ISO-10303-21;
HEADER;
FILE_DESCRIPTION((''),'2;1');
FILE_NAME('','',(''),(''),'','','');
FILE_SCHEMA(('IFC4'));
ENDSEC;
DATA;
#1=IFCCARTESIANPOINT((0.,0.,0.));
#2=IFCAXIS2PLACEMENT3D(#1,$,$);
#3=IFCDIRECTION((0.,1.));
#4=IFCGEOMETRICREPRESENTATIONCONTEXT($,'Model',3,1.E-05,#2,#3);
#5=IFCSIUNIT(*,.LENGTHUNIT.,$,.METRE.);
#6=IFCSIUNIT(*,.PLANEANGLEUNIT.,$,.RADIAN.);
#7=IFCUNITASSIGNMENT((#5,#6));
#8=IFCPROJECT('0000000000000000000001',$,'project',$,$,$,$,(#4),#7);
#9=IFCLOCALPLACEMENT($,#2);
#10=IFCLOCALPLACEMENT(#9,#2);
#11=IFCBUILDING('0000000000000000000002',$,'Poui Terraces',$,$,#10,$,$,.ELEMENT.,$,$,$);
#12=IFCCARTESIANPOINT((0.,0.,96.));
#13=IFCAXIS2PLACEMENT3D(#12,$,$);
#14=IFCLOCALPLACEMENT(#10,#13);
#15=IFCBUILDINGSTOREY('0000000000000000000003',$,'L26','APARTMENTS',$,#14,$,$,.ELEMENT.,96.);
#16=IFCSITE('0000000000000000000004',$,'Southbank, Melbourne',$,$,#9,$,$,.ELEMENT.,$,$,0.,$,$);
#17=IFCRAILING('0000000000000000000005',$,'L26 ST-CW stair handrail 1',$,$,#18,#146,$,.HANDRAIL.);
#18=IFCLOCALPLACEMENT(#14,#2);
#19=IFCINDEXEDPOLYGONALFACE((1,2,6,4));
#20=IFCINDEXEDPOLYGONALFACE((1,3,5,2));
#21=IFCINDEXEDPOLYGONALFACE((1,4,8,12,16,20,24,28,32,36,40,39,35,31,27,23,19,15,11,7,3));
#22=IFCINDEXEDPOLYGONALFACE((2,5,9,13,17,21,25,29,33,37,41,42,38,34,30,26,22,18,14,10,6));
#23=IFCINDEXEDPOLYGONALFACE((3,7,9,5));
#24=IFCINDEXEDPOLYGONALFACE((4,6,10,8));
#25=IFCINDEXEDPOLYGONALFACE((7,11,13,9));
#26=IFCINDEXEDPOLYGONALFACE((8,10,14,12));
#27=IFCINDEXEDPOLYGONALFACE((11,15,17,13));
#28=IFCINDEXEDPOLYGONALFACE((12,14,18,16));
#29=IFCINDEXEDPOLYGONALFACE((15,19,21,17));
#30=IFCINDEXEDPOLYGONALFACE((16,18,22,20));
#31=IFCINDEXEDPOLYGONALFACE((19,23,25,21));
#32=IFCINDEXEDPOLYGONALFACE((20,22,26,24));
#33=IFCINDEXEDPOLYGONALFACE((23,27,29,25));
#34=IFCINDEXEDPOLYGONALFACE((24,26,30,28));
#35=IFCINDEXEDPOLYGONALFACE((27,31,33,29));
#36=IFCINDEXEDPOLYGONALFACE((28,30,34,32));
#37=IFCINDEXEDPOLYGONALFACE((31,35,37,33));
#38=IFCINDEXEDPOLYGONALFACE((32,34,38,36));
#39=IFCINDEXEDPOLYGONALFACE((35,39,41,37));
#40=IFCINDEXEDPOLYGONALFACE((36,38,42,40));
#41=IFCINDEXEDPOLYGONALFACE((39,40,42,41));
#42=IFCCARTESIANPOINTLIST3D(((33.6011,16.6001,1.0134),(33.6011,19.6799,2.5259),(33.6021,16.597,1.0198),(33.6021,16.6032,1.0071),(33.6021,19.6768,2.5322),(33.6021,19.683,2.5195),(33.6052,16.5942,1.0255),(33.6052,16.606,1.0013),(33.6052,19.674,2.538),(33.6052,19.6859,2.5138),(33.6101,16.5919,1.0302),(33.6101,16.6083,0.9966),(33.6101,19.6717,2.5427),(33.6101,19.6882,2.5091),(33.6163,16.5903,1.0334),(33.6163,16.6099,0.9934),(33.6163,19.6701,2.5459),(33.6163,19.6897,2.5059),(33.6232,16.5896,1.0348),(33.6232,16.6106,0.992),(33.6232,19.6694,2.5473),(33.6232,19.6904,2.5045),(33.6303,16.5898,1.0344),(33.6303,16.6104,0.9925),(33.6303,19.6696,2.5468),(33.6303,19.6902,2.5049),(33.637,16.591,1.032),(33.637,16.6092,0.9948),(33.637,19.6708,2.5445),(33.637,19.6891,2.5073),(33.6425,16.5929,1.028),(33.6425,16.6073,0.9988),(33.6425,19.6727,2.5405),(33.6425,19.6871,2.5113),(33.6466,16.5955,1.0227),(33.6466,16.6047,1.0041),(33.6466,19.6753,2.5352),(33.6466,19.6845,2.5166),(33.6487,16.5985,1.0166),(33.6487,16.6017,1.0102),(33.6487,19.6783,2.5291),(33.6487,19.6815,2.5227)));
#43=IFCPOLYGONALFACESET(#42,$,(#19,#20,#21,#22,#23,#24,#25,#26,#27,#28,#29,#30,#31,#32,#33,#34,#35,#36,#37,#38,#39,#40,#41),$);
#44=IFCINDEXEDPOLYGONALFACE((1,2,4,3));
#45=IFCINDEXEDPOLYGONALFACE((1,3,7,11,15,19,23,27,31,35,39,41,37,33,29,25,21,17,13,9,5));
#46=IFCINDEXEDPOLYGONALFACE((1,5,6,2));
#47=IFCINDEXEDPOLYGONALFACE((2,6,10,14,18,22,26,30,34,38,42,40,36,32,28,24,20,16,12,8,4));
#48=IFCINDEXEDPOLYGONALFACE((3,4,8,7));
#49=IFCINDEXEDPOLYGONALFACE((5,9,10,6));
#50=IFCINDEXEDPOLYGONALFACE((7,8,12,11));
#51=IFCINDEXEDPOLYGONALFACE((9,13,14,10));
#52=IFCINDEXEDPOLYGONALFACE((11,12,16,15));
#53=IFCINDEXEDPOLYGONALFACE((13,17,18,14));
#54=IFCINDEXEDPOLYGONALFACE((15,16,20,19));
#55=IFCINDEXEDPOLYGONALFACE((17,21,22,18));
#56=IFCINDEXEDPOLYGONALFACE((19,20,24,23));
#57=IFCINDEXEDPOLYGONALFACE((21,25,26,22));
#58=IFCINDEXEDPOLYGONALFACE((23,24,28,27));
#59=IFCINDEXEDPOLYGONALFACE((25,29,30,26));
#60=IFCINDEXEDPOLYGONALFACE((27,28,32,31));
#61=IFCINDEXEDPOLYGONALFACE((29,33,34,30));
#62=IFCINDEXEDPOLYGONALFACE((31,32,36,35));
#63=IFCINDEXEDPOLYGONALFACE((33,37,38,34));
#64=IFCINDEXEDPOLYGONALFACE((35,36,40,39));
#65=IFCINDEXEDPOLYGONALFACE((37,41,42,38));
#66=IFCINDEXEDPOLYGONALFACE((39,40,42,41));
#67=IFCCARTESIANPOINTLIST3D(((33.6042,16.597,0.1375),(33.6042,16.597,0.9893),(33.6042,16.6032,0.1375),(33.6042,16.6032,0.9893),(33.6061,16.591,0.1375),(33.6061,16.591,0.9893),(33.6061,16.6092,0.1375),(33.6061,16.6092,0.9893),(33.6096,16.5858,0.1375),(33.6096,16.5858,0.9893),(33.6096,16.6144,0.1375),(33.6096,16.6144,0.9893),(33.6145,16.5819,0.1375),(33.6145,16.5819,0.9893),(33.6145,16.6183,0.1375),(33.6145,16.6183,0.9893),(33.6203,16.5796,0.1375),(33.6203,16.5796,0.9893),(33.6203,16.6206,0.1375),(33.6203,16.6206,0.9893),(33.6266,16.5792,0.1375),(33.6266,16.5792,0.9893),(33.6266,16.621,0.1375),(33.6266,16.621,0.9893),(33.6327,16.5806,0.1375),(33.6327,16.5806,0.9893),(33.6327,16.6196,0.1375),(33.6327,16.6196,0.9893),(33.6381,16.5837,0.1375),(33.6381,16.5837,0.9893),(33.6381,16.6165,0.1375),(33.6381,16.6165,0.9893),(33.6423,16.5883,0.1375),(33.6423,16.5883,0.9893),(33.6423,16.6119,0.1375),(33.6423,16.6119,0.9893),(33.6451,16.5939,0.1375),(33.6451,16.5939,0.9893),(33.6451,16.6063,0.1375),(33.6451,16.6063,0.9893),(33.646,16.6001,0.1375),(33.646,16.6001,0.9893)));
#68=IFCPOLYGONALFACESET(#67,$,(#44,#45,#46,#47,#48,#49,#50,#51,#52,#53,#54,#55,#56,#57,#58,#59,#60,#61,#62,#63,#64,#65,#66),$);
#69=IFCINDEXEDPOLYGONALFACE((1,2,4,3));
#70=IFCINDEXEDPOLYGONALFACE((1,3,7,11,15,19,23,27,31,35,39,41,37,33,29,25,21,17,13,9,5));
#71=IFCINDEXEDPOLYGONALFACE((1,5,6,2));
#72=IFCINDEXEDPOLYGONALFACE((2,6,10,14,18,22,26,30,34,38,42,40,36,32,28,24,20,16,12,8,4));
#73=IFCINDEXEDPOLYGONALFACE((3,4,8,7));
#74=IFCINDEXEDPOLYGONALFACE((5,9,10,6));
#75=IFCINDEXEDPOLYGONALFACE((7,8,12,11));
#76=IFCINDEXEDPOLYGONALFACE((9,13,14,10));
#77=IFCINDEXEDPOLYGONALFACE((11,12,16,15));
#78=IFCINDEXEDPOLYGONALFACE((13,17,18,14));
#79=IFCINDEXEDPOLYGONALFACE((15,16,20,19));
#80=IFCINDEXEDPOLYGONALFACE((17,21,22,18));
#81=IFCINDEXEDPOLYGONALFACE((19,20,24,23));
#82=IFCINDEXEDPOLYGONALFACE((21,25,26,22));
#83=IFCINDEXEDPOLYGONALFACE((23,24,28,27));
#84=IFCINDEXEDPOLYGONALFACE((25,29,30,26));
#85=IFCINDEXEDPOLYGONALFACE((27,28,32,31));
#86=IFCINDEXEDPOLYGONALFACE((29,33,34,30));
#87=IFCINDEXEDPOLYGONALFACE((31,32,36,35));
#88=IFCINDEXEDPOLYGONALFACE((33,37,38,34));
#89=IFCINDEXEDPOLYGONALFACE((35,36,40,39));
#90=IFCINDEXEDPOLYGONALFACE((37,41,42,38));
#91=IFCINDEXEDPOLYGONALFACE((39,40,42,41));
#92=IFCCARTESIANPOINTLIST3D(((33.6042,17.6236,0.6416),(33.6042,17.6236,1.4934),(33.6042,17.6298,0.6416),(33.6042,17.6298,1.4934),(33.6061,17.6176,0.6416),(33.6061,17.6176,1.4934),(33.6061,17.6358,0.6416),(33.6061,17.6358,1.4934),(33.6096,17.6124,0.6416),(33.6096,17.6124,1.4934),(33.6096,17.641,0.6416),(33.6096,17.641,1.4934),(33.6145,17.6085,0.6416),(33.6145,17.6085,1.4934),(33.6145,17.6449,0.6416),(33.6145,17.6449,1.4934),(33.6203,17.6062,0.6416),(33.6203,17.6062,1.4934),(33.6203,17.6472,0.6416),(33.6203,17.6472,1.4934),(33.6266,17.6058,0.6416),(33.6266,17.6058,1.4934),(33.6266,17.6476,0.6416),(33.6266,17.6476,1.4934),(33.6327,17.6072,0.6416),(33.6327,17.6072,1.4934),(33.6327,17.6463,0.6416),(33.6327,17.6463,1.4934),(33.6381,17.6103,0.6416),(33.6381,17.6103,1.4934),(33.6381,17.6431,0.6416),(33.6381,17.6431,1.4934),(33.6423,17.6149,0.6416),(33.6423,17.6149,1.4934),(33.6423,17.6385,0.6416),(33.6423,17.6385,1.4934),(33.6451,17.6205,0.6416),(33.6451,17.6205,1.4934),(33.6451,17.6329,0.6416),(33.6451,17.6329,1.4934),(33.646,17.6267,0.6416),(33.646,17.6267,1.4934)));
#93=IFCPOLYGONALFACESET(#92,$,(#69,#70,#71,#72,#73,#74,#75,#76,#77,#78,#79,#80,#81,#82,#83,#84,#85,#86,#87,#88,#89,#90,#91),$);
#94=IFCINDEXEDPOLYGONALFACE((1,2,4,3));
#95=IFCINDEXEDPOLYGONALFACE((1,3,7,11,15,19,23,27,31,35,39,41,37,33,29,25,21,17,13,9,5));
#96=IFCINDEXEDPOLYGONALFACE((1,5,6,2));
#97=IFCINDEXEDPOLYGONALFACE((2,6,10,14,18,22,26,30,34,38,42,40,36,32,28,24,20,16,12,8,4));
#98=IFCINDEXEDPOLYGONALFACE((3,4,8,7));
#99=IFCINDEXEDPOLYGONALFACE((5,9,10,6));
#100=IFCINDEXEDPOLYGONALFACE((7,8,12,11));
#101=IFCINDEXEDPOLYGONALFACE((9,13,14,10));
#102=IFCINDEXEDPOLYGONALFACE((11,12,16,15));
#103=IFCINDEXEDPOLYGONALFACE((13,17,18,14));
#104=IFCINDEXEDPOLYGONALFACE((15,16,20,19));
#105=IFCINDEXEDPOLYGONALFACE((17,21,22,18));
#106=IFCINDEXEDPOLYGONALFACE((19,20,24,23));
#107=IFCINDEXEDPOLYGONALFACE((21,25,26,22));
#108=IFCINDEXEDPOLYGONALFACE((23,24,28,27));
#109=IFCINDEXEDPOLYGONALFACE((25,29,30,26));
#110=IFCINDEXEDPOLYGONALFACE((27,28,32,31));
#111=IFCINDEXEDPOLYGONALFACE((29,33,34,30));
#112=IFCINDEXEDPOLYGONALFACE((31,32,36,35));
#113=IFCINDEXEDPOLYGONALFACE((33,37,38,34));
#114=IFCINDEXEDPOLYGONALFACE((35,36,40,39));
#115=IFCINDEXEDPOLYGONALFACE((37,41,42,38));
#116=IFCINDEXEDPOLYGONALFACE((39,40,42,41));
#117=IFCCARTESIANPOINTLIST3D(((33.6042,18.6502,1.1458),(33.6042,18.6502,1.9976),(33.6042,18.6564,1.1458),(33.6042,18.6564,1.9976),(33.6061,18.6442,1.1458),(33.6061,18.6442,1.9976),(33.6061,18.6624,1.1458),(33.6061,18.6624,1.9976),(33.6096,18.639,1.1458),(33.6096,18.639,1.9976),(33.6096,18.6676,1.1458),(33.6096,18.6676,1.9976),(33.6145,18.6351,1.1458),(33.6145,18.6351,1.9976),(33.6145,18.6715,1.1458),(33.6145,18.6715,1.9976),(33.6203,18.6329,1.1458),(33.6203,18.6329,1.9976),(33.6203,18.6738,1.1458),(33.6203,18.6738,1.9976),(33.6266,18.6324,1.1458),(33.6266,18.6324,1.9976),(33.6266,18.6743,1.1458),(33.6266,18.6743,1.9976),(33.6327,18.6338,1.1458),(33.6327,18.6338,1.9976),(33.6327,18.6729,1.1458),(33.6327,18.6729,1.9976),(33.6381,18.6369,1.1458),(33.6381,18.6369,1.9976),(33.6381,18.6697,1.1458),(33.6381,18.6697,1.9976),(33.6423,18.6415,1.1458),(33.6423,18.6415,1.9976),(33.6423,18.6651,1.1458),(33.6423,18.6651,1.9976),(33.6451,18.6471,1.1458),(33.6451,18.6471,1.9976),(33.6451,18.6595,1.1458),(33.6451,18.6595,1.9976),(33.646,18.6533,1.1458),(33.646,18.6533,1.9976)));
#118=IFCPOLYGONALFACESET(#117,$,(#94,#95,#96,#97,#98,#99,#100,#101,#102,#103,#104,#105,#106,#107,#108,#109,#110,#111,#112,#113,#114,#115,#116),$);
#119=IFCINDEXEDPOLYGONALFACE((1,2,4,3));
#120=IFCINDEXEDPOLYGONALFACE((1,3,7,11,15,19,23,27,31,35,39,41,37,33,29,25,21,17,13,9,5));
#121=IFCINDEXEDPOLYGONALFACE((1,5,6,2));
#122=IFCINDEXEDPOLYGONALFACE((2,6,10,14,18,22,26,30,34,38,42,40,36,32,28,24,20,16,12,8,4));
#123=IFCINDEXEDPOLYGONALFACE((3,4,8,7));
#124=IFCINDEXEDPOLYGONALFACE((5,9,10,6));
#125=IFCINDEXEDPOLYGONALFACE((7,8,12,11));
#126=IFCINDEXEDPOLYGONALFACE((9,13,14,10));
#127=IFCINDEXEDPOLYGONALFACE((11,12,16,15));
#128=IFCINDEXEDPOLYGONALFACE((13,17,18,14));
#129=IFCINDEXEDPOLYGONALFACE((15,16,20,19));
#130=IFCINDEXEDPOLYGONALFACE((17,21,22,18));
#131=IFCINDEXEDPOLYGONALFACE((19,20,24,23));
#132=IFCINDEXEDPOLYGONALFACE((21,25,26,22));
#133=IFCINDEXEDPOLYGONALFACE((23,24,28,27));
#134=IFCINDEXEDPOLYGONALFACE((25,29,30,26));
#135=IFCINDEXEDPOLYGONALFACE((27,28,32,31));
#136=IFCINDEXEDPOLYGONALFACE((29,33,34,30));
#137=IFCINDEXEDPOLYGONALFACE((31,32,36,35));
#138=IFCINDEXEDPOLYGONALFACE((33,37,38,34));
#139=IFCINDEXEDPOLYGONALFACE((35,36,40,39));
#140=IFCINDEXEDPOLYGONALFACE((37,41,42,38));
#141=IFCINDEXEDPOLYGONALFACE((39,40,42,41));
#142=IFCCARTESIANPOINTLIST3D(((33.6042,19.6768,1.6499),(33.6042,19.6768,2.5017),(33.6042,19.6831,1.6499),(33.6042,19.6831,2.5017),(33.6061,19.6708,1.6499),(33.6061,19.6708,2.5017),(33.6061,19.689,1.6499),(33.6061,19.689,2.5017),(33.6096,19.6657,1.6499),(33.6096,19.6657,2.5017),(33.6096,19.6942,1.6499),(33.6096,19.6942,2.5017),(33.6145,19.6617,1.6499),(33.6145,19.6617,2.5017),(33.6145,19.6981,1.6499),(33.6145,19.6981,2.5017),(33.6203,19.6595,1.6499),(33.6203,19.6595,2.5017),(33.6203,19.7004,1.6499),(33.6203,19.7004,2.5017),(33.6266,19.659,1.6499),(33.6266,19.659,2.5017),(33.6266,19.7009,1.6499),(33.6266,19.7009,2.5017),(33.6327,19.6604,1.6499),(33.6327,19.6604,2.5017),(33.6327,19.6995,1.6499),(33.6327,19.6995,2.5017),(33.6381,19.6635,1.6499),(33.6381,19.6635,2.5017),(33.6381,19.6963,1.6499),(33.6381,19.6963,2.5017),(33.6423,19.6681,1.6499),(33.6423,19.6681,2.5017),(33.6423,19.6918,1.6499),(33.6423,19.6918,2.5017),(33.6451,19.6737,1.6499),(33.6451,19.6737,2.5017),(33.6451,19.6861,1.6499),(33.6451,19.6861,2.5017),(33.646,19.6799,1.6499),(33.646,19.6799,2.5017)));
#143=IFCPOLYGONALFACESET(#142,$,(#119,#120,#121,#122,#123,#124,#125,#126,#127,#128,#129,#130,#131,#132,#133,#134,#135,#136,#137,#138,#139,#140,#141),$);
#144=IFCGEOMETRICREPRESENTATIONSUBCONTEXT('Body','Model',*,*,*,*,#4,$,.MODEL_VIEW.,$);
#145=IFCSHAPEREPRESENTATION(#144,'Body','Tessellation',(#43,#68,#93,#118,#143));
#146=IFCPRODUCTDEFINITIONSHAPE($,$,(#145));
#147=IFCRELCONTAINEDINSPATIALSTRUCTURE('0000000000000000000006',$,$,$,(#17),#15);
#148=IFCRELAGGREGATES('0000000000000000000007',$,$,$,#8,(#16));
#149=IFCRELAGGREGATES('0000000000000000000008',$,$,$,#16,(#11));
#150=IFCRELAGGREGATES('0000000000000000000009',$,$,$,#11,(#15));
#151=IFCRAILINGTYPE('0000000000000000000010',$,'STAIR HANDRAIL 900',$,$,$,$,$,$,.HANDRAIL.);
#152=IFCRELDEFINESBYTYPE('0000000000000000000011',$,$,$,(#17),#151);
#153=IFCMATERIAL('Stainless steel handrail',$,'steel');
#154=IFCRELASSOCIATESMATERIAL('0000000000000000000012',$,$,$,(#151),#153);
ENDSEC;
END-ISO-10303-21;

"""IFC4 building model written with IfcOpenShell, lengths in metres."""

from ifc_helpers import new_model, si_unit, direction, frame, origin, origin_2d, place, context, subcontext, project, spatial, circle, extrude, material, type_object, element, save


model = new_model("IFC4")

# Units and contexts
model_context = context("Model", 3, precision=1e-05, world=origin(), true_north=direction((0.0, 1.0)))
body_context = subcontext(model_context, "Body", "Model", "MODEL_VIEW")
ifc_project = project(units=[si_unit("LENGTHUNIT", "METRE"), si_unit("PLANEANGLEUNIT", "RADIAN")], contexts=[model_context])

# Site, building, storey
site_placement = place(None, origin())
site = spatial("IfcSite", under=ifc_project, at=site_placement, Name="Southbank, Melbourne", CompositionType="ELEMENT", RefElevation=0.0)
building_placement = place(site_placement, origin())
building = spatial("IfcBuilding", under=site, at=building_placement, Name="Poui Terraces", CompositionType="ELEMENT")
storey_placement = place(building_placement, frame((0.0, 0.0, 96.0)))
storey = spatial("IfcBuildingStorey", under=building, at=storey_placement, Name="L26", Description="APARTMENTS", CompositionType="ELEMENT", Elevation=96.0)

# Railing
ifc_material_1 = material(Name="Stainless steel handrail", Category="steel")
railing_type_1 = type_object("IfcRailingType", Name="STAIR HANDRAIL 900", PredefinedType="HANDRAIL", material=ifc_material_1)
railing_1_placement = place(storey_placement, frame((33.625, 16.6001, 0.1375)))
element("IfcRailing", 1, at=railing_1_placement, inside=storey, type_object=railing_type_1, Name="L26 ST-CW stair handrail 1", PredefinedType="HANDRAIL", context=body_context, shape_type="SweptSolid", body=[
    extrude(circle(Radius=0.0239, at=origin_2d()), frame((0.0, 0.0, 0.876), z_axis=(0.0, 0.897606, 0.440798), x_axis=(-1.0, 0.0, 0.0)), (0.0, 0.0, 1.0), 3.4312),
    extrude(circle(Radius=0.021, at=origin_2d()), origin(), (0.0, 0.0, 1.0), 0.8518),
    extrude(circle(Radius=0.021, at=origin_2d()), frame((0.0, 1.0266, 0.5042)), (0.0, 0.0, 1.0), 0.8518),
    extrude(circle(Radius=0.021, at=origin_2d()), frame((0.0, 2.0532, 1.0083)), (0.0, 0.0, 1.0), 0.8518),
    extrude(circle(Radius=0.021, at=origin_2d()), frame((0.0, 3.0798, 1.5125)), (0.0, 0.0, 1.0), 0.8518),
])

save(model, "model.ifc")
